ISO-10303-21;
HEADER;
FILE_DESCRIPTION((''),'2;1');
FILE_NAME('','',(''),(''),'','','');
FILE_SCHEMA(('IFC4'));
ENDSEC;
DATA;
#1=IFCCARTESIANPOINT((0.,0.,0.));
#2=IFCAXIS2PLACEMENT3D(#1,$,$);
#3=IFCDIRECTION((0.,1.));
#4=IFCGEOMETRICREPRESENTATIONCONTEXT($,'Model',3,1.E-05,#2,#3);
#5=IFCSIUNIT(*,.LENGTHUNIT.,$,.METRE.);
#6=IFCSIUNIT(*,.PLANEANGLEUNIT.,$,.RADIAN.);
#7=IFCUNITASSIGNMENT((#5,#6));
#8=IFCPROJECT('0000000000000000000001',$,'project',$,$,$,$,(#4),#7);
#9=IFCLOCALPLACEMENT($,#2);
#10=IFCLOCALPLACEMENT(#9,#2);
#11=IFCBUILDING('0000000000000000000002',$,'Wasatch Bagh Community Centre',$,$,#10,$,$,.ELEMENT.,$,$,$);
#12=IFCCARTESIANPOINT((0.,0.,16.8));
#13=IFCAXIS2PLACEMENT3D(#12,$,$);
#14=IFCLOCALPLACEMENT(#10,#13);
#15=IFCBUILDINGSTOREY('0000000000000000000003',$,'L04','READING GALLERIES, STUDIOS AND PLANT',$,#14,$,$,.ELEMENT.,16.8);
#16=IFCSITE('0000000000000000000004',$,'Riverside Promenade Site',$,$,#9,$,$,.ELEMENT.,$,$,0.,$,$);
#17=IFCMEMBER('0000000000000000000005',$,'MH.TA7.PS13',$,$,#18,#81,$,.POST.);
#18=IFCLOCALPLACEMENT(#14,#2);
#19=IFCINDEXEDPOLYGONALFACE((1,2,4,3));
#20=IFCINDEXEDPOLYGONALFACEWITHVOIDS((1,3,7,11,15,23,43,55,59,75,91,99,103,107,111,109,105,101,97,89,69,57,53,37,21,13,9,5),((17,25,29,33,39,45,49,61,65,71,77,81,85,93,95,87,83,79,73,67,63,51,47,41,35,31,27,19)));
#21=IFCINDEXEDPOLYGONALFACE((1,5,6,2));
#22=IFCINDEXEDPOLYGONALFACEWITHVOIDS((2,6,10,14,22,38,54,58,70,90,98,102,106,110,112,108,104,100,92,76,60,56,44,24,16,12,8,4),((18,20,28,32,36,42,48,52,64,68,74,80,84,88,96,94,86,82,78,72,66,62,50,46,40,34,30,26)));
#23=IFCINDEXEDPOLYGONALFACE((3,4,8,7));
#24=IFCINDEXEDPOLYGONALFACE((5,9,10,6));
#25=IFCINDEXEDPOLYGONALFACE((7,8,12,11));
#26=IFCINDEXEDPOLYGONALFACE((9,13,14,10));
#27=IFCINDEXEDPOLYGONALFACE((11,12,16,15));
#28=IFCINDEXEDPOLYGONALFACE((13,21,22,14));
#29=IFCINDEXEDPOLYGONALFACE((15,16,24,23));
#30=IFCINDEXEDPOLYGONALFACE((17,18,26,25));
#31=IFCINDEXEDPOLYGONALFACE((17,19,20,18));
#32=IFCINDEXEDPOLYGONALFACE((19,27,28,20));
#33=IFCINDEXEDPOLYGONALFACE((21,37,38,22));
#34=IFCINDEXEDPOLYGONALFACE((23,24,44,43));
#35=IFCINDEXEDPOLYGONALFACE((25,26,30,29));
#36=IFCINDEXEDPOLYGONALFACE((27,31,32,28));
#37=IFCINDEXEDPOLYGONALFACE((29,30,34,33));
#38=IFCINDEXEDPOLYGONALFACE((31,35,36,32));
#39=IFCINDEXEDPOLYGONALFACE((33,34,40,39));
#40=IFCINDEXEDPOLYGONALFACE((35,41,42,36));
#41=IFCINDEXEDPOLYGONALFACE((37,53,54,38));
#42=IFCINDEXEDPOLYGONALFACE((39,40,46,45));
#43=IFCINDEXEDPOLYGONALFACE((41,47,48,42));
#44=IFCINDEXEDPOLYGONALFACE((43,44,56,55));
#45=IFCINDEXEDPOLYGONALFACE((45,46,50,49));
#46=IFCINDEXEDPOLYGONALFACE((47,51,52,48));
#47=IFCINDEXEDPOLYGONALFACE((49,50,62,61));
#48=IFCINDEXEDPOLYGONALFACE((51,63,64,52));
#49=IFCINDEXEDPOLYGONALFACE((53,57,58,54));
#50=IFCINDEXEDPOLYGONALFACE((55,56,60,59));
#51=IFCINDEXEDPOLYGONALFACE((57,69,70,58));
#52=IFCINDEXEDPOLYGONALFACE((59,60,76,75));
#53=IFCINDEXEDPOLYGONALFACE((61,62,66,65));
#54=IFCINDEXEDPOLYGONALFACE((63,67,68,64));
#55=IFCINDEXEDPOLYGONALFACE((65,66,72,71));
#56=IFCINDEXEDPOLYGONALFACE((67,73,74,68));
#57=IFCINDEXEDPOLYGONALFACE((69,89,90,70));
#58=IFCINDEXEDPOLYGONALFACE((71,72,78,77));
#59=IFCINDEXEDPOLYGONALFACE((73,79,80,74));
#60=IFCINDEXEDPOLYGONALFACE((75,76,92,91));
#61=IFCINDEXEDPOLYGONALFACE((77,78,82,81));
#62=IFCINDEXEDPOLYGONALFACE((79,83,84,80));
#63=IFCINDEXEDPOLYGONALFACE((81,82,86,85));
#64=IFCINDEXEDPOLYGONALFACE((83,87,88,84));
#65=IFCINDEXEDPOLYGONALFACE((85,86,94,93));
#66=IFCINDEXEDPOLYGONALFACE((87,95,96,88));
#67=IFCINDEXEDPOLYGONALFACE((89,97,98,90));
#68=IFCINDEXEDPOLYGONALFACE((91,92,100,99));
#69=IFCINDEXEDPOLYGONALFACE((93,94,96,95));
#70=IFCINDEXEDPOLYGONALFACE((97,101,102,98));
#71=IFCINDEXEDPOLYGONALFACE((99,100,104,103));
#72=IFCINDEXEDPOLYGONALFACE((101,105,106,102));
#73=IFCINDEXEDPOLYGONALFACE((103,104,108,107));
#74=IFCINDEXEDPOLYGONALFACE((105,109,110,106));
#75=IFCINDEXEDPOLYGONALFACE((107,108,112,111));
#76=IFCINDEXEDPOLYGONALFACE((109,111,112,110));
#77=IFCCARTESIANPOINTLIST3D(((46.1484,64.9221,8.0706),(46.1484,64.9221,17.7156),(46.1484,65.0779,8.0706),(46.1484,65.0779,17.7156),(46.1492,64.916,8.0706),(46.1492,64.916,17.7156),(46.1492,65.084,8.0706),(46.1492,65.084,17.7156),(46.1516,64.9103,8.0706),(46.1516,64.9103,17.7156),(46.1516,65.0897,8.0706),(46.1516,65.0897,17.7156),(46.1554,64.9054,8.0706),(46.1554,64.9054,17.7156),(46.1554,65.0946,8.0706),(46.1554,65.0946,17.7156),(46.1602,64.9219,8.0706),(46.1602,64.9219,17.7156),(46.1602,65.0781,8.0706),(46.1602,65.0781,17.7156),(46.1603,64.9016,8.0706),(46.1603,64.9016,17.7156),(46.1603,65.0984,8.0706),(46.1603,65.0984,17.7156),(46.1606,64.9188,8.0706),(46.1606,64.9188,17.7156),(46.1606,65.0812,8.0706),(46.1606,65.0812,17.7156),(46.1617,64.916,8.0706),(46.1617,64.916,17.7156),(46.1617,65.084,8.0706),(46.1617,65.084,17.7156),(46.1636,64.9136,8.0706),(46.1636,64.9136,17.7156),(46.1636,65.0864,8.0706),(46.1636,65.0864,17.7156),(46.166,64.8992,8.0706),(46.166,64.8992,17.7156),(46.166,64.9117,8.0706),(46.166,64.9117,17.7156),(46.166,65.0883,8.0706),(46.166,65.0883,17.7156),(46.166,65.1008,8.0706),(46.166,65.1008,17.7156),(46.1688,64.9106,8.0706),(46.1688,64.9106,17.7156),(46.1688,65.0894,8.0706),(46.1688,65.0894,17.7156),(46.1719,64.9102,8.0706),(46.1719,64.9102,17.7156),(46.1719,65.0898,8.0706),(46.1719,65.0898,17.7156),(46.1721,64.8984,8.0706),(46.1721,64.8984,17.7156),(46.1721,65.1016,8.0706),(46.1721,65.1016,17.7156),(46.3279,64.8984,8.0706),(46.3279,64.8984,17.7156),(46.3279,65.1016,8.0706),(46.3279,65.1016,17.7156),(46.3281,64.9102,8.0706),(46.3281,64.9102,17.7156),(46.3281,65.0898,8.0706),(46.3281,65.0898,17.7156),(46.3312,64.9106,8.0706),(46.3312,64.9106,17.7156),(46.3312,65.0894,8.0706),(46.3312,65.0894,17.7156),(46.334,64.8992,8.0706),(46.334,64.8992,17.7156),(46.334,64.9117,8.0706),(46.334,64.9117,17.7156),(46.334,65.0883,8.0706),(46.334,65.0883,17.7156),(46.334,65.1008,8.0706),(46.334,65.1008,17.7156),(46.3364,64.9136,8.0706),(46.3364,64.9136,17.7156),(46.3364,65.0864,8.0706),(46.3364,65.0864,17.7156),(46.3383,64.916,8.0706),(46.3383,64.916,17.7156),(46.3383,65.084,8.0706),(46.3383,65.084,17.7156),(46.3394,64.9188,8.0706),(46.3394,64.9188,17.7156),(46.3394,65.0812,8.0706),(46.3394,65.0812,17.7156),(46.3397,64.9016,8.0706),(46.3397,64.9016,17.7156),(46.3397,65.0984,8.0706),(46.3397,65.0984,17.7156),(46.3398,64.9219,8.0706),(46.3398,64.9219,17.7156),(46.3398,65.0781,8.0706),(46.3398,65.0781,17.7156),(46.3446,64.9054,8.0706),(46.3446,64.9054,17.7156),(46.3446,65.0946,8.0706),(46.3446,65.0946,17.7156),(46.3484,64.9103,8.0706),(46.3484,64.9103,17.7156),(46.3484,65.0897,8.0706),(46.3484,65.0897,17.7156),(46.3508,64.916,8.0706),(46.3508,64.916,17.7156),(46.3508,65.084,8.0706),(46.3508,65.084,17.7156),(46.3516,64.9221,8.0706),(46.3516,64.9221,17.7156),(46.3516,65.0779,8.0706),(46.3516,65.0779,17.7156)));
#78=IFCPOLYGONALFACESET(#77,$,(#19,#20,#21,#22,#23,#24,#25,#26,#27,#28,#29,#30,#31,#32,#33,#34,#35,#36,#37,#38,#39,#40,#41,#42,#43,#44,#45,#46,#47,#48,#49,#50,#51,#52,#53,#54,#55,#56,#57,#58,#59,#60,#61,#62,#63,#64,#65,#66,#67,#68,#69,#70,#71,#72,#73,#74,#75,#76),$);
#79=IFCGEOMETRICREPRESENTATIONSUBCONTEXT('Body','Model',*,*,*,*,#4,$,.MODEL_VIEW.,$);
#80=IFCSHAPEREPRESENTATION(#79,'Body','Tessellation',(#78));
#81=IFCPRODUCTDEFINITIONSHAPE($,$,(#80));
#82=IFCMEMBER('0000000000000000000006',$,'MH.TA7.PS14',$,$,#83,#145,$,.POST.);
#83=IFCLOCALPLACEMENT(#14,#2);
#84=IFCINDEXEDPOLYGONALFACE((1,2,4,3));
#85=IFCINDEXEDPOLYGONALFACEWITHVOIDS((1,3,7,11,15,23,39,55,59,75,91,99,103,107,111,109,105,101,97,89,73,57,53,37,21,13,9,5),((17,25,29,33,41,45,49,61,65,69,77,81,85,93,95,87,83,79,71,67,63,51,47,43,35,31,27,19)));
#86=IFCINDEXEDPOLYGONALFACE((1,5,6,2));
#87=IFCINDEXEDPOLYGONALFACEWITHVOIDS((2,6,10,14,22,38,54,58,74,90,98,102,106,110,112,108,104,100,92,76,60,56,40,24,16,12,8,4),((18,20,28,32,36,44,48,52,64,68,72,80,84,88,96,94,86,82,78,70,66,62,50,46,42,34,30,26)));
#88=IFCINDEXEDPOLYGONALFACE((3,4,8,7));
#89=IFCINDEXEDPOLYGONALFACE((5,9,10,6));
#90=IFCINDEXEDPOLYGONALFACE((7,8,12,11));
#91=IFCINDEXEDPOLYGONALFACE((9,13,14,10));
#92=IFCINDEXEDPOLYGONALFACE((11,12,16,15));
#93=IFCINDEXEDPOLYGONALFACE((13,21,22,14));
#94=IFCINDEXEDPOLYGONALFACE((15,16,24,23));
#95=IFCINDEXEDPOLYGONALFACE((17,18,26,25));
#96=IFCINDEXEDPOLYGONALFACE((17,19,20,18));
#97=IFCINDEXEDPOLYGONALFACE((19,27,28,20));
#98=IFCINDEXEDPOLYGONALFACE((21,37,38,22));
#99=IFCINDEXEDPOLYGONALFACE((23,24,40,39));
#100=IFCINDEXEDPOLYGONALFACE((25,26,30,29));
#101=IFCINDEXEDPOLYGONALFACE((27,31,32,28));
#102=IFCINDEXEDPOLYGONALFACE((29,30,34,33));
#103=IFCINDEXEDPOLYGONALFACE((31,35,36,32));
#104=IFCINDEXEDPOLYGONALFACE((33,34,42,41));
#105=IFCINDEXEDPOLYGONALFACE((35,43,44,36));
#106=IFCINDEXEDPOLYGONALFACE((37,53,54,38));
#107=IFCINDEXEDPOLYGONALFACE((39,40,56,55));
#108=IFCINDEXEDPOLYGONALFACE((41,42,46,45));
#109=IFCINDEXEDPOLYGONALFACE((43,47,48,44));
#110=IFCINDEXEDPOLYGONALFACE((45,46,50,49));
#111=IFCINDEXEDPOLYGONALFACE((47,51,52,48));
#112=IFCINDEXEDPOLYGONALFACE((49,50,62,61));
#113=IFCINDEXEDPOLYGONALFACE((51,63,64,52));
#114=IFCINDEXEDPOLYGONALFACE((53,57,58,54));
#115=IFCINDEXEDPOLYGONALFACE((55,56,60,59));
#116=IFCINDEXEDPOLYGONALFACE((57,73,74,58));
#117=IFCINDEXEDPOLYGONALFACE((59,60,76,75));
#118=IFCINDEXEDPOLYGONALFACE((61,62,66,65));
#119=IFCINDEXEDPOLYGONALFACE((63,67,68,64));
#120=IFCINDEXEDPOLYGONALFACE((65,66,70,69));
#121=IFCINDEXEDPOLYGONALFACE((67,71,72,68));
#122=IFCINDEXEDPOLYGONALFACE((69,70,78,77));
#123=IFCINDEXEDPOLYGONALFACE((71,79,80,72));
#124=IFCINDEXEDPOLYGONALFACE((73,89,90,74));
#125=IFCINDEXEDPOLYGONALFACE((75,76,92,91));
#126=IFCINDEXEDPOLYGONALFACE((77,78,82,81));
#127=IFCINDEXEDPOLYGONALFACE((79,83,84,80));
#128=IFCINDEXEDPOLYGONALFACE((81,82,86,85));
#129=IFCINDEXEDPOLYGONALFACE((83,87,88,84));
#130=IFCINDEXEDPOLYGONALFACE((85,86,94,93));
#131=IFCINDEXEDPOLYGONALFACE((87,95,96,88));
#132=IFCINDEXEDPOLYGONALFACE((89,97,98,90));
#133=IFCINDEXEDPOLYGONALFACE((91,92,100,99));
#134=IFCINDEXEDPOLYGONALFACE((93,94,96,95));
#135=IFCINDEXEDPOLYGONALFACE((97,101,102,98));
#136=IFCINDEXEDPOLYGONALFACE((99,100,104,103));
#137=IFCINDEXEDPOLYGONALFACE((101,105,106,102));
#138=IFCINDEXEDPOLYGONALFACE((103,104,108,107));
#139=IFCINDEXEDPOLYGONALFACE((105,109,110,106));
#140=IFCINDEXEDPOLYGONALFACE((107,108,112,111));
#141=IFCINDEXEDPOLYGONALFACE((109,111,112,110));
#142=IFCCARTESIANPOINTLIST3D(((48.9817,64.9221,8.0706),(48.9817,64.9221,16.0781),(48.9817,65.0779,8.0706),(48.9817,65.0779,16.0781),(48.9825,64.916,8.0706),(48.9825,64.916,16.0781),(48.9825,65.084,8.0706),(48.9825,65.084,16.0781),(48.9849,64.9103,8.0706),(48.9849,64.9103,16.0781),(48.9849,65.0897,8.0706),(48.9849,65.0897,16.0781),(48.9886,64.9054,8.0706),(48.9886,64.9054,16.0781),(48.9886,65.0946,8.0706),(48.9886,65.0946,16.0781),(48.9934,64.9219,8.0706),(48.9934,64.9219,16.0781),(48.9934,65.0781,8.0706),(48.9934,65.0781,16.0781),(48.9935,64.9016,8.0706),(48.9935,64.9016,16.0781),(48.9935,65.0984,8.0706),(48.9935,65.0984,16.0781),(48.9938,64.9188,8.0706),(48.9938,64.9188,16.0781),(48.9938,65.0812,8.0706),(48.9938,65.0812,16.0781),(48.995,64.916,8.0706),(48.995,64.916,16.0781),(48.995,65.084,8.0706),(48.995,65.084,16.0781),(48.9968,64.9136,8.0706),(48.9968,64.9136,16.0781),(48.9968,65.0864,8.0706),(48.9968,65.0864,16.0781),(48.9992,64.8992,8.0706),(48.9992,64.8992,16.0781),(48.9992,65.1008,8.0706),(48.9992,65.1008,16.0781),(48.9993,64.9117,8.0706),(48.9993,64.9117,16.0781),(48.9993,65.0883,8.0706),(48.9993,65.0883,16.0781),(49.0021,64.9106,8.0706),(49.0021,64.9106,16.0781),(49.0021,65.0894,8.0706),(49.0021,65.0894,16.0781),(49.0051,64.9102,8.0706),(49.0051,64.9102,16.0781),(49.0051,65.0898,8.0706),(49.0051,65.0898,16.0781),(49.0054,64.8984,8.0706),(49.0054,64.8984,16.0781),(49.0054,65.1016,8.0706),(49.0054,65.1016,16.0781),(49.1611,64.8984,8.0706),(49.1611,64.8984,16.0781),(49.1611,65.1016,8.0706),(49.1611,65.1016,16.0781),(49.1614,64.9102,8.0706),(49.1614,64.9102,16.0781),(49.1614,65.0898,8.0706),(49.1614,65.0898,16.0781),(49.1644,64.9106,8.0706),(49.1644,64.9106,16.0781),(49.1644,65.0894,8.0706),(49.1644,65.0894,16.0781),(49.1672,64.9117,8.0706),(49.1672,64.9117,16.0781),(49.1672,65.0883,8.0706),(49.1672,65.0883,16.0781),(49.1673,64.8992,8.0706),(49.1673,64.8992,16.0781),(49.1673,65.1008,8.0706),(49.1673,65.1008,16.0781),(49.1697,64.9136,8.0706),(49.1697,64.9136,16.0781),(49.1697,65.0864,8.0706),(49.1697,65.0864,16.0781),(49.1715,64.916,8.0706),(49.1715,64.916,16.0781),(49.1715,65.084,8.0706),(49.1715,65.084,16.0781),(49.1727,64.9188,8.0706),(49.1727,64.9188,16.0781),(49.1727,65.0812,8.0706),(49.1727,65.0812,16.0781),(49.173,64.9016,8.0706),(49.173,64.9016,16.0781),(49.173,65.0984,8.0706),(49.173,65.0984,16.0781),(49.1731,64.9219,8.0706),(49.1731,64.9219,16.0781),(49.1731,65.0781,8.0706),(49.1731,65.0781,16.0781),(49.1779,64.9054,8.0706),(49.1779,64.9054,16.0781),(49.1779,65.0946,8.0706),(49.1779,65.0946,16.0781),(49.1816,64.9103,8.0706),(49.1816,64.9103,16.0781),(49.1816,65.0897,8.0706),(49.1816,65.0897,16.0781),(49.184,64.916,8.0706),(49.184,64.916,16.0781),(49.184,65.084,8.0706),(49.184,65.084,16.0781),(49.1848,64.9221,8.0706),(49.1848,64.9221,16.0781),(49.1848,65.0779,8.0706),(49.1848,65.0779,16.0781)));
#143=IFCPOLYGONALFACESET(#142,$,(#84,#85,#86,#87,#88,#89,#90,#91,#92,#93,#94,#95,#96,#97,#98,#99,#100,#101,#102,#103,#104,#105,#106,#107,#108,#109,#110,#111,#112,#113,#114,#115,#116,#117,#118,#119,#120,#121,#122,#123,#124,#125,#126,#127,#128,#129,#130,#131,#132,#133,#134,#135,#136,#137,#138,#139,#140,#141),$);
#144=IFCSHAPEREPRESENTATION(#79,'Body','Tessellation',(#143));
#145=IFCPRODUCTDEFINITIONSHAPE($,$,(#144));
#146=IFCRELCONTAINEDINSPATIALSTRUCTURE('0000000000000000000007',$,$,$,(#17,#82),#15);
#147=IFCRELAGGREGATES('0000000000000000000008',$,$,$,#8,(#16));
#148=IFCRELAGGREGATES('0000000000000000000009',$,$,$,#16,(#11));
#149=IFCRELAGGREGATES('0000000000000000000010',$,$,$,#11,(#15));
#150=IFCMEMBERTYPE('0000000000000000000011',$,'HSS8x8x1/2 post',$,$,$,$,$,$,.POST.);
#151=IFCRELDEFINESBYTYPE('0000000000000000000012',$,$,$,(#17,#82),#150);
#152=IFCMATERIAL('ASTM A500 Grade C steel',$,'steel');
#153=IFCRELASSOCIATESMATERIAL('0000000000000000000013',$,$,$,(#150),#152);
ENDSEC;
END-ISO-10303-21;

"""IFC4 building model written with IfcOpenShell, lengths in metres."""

from ifc_helpers import new_model, si_unit, direction, frame, origin, origin_2d, place, context, subcontext, project, spatial, hollow_rectangle, extrude, material, material_profile, profile_set, type_object, element, save


model = new_model("IFC4")

# Units and contexts
model_context = context("Model", 3, precision=1e-05, world=origin(), true_north=direction((0.0, 1.0)))
body_context = subcontext(model_context, "Body", "Model", "MODEL_VIEW")
ifc_project = project(units=[si_unit("LENGTHUNIT", "METRE"), si_unit("PLANEANGLEUNIT", "RADIAN")], contexts=[model_context])

# Site, building, storey
site_placement = place(None, origin())
site = spatial("IfcSite", under=ifc_project, at=site_placement, Name="Riverside Promenade Site", CompositionType="ELEMENT", RefElevation=0.0)
building_placement = place(site_placement, origin())
building = spatial("IfcBuilding", under=site, at=building_placement, Name="Wasatch Bagh Community Centre", CompositionType="ELEMENT")
storey_placement = place(building_placement, frame((0.0, 0.0, 16.8)))
storey = spatial("IfcBuildingStorey", under=building, at=storey_placement, Name="L04", Description="READING GALLERIES, STUDIOS AND PLANT", CompositionType="ELEMENT", Elevation=16.8)

# Members
ifc_material_1 = material(Name="ASTM A500 Grade C steel", Category="steel")
ifc_material_profile_1 = material_profile(ifc_material_1, hollow_rectangle(XDim=0.2031, YDim=0.2031, WallThickness=0.0117, InnerFilletRadius=0.0117, OuterFilletRadius=0.0237, at=origin_2d()), Name="HSS8x8x1/2")
ifc_profile_set_1 = profile_set([ifc_material_profile_1], Name="ASTM A500 Grade C steel")
member_type_1 = type_object("IfcMemberType", Name="HSS8x8x1/2 post", PredefinedType="POST", material=ifc_profile_set_1)
member_1_placement = place(storey_placement, frame((46.25, 65.0, 8.0706), z_axis=(0.0, 0.0, 1.0), x_axis=(1.0, 0.0, 0.0)))
element("IfcMember", 1, at=member_1_placement, inside=storey, type_object=member_type_1, Name="MH.TA7.PS13", PredefinedType="POST", context=body_context, shape_type="SweptSolid", body=[
    extrude(hollow_rectangle(XDim=0.2031, YDim=0.2031, WallThickness=0.0117, InnerFilletRadius=0.0117, OuterFilletRadius=0.0237, at=origin_2d()), origin(), (0.0, 0.0, 1.0), 9.645),
])
member_2_placement = place(storey_placement, frame((49.0833, 65.0, 8.0706), z_axis=(0.0, 0.0, 1.0), x_axis=(1.0, 0.0, 0.0)))
element("IfcMember", 2, at=member_2_placement, inside=storey, type_object=member_type_1, Name="MH.TA7.PS14", PredefinedType="POST", context=body_context, shape_type="SweptSolid", body=[
    extrude(hollow_rectangle(XDim=0.2031, YDim=0.2031, WallThickness=0.0117, InnerFilletRadius=0.0117, OuterFilletRadius=0.0237, at=origin_2d()), origin(), (0.0, 0.0, 1.0), 8.0076),
])

save(model, "model.ifc")
